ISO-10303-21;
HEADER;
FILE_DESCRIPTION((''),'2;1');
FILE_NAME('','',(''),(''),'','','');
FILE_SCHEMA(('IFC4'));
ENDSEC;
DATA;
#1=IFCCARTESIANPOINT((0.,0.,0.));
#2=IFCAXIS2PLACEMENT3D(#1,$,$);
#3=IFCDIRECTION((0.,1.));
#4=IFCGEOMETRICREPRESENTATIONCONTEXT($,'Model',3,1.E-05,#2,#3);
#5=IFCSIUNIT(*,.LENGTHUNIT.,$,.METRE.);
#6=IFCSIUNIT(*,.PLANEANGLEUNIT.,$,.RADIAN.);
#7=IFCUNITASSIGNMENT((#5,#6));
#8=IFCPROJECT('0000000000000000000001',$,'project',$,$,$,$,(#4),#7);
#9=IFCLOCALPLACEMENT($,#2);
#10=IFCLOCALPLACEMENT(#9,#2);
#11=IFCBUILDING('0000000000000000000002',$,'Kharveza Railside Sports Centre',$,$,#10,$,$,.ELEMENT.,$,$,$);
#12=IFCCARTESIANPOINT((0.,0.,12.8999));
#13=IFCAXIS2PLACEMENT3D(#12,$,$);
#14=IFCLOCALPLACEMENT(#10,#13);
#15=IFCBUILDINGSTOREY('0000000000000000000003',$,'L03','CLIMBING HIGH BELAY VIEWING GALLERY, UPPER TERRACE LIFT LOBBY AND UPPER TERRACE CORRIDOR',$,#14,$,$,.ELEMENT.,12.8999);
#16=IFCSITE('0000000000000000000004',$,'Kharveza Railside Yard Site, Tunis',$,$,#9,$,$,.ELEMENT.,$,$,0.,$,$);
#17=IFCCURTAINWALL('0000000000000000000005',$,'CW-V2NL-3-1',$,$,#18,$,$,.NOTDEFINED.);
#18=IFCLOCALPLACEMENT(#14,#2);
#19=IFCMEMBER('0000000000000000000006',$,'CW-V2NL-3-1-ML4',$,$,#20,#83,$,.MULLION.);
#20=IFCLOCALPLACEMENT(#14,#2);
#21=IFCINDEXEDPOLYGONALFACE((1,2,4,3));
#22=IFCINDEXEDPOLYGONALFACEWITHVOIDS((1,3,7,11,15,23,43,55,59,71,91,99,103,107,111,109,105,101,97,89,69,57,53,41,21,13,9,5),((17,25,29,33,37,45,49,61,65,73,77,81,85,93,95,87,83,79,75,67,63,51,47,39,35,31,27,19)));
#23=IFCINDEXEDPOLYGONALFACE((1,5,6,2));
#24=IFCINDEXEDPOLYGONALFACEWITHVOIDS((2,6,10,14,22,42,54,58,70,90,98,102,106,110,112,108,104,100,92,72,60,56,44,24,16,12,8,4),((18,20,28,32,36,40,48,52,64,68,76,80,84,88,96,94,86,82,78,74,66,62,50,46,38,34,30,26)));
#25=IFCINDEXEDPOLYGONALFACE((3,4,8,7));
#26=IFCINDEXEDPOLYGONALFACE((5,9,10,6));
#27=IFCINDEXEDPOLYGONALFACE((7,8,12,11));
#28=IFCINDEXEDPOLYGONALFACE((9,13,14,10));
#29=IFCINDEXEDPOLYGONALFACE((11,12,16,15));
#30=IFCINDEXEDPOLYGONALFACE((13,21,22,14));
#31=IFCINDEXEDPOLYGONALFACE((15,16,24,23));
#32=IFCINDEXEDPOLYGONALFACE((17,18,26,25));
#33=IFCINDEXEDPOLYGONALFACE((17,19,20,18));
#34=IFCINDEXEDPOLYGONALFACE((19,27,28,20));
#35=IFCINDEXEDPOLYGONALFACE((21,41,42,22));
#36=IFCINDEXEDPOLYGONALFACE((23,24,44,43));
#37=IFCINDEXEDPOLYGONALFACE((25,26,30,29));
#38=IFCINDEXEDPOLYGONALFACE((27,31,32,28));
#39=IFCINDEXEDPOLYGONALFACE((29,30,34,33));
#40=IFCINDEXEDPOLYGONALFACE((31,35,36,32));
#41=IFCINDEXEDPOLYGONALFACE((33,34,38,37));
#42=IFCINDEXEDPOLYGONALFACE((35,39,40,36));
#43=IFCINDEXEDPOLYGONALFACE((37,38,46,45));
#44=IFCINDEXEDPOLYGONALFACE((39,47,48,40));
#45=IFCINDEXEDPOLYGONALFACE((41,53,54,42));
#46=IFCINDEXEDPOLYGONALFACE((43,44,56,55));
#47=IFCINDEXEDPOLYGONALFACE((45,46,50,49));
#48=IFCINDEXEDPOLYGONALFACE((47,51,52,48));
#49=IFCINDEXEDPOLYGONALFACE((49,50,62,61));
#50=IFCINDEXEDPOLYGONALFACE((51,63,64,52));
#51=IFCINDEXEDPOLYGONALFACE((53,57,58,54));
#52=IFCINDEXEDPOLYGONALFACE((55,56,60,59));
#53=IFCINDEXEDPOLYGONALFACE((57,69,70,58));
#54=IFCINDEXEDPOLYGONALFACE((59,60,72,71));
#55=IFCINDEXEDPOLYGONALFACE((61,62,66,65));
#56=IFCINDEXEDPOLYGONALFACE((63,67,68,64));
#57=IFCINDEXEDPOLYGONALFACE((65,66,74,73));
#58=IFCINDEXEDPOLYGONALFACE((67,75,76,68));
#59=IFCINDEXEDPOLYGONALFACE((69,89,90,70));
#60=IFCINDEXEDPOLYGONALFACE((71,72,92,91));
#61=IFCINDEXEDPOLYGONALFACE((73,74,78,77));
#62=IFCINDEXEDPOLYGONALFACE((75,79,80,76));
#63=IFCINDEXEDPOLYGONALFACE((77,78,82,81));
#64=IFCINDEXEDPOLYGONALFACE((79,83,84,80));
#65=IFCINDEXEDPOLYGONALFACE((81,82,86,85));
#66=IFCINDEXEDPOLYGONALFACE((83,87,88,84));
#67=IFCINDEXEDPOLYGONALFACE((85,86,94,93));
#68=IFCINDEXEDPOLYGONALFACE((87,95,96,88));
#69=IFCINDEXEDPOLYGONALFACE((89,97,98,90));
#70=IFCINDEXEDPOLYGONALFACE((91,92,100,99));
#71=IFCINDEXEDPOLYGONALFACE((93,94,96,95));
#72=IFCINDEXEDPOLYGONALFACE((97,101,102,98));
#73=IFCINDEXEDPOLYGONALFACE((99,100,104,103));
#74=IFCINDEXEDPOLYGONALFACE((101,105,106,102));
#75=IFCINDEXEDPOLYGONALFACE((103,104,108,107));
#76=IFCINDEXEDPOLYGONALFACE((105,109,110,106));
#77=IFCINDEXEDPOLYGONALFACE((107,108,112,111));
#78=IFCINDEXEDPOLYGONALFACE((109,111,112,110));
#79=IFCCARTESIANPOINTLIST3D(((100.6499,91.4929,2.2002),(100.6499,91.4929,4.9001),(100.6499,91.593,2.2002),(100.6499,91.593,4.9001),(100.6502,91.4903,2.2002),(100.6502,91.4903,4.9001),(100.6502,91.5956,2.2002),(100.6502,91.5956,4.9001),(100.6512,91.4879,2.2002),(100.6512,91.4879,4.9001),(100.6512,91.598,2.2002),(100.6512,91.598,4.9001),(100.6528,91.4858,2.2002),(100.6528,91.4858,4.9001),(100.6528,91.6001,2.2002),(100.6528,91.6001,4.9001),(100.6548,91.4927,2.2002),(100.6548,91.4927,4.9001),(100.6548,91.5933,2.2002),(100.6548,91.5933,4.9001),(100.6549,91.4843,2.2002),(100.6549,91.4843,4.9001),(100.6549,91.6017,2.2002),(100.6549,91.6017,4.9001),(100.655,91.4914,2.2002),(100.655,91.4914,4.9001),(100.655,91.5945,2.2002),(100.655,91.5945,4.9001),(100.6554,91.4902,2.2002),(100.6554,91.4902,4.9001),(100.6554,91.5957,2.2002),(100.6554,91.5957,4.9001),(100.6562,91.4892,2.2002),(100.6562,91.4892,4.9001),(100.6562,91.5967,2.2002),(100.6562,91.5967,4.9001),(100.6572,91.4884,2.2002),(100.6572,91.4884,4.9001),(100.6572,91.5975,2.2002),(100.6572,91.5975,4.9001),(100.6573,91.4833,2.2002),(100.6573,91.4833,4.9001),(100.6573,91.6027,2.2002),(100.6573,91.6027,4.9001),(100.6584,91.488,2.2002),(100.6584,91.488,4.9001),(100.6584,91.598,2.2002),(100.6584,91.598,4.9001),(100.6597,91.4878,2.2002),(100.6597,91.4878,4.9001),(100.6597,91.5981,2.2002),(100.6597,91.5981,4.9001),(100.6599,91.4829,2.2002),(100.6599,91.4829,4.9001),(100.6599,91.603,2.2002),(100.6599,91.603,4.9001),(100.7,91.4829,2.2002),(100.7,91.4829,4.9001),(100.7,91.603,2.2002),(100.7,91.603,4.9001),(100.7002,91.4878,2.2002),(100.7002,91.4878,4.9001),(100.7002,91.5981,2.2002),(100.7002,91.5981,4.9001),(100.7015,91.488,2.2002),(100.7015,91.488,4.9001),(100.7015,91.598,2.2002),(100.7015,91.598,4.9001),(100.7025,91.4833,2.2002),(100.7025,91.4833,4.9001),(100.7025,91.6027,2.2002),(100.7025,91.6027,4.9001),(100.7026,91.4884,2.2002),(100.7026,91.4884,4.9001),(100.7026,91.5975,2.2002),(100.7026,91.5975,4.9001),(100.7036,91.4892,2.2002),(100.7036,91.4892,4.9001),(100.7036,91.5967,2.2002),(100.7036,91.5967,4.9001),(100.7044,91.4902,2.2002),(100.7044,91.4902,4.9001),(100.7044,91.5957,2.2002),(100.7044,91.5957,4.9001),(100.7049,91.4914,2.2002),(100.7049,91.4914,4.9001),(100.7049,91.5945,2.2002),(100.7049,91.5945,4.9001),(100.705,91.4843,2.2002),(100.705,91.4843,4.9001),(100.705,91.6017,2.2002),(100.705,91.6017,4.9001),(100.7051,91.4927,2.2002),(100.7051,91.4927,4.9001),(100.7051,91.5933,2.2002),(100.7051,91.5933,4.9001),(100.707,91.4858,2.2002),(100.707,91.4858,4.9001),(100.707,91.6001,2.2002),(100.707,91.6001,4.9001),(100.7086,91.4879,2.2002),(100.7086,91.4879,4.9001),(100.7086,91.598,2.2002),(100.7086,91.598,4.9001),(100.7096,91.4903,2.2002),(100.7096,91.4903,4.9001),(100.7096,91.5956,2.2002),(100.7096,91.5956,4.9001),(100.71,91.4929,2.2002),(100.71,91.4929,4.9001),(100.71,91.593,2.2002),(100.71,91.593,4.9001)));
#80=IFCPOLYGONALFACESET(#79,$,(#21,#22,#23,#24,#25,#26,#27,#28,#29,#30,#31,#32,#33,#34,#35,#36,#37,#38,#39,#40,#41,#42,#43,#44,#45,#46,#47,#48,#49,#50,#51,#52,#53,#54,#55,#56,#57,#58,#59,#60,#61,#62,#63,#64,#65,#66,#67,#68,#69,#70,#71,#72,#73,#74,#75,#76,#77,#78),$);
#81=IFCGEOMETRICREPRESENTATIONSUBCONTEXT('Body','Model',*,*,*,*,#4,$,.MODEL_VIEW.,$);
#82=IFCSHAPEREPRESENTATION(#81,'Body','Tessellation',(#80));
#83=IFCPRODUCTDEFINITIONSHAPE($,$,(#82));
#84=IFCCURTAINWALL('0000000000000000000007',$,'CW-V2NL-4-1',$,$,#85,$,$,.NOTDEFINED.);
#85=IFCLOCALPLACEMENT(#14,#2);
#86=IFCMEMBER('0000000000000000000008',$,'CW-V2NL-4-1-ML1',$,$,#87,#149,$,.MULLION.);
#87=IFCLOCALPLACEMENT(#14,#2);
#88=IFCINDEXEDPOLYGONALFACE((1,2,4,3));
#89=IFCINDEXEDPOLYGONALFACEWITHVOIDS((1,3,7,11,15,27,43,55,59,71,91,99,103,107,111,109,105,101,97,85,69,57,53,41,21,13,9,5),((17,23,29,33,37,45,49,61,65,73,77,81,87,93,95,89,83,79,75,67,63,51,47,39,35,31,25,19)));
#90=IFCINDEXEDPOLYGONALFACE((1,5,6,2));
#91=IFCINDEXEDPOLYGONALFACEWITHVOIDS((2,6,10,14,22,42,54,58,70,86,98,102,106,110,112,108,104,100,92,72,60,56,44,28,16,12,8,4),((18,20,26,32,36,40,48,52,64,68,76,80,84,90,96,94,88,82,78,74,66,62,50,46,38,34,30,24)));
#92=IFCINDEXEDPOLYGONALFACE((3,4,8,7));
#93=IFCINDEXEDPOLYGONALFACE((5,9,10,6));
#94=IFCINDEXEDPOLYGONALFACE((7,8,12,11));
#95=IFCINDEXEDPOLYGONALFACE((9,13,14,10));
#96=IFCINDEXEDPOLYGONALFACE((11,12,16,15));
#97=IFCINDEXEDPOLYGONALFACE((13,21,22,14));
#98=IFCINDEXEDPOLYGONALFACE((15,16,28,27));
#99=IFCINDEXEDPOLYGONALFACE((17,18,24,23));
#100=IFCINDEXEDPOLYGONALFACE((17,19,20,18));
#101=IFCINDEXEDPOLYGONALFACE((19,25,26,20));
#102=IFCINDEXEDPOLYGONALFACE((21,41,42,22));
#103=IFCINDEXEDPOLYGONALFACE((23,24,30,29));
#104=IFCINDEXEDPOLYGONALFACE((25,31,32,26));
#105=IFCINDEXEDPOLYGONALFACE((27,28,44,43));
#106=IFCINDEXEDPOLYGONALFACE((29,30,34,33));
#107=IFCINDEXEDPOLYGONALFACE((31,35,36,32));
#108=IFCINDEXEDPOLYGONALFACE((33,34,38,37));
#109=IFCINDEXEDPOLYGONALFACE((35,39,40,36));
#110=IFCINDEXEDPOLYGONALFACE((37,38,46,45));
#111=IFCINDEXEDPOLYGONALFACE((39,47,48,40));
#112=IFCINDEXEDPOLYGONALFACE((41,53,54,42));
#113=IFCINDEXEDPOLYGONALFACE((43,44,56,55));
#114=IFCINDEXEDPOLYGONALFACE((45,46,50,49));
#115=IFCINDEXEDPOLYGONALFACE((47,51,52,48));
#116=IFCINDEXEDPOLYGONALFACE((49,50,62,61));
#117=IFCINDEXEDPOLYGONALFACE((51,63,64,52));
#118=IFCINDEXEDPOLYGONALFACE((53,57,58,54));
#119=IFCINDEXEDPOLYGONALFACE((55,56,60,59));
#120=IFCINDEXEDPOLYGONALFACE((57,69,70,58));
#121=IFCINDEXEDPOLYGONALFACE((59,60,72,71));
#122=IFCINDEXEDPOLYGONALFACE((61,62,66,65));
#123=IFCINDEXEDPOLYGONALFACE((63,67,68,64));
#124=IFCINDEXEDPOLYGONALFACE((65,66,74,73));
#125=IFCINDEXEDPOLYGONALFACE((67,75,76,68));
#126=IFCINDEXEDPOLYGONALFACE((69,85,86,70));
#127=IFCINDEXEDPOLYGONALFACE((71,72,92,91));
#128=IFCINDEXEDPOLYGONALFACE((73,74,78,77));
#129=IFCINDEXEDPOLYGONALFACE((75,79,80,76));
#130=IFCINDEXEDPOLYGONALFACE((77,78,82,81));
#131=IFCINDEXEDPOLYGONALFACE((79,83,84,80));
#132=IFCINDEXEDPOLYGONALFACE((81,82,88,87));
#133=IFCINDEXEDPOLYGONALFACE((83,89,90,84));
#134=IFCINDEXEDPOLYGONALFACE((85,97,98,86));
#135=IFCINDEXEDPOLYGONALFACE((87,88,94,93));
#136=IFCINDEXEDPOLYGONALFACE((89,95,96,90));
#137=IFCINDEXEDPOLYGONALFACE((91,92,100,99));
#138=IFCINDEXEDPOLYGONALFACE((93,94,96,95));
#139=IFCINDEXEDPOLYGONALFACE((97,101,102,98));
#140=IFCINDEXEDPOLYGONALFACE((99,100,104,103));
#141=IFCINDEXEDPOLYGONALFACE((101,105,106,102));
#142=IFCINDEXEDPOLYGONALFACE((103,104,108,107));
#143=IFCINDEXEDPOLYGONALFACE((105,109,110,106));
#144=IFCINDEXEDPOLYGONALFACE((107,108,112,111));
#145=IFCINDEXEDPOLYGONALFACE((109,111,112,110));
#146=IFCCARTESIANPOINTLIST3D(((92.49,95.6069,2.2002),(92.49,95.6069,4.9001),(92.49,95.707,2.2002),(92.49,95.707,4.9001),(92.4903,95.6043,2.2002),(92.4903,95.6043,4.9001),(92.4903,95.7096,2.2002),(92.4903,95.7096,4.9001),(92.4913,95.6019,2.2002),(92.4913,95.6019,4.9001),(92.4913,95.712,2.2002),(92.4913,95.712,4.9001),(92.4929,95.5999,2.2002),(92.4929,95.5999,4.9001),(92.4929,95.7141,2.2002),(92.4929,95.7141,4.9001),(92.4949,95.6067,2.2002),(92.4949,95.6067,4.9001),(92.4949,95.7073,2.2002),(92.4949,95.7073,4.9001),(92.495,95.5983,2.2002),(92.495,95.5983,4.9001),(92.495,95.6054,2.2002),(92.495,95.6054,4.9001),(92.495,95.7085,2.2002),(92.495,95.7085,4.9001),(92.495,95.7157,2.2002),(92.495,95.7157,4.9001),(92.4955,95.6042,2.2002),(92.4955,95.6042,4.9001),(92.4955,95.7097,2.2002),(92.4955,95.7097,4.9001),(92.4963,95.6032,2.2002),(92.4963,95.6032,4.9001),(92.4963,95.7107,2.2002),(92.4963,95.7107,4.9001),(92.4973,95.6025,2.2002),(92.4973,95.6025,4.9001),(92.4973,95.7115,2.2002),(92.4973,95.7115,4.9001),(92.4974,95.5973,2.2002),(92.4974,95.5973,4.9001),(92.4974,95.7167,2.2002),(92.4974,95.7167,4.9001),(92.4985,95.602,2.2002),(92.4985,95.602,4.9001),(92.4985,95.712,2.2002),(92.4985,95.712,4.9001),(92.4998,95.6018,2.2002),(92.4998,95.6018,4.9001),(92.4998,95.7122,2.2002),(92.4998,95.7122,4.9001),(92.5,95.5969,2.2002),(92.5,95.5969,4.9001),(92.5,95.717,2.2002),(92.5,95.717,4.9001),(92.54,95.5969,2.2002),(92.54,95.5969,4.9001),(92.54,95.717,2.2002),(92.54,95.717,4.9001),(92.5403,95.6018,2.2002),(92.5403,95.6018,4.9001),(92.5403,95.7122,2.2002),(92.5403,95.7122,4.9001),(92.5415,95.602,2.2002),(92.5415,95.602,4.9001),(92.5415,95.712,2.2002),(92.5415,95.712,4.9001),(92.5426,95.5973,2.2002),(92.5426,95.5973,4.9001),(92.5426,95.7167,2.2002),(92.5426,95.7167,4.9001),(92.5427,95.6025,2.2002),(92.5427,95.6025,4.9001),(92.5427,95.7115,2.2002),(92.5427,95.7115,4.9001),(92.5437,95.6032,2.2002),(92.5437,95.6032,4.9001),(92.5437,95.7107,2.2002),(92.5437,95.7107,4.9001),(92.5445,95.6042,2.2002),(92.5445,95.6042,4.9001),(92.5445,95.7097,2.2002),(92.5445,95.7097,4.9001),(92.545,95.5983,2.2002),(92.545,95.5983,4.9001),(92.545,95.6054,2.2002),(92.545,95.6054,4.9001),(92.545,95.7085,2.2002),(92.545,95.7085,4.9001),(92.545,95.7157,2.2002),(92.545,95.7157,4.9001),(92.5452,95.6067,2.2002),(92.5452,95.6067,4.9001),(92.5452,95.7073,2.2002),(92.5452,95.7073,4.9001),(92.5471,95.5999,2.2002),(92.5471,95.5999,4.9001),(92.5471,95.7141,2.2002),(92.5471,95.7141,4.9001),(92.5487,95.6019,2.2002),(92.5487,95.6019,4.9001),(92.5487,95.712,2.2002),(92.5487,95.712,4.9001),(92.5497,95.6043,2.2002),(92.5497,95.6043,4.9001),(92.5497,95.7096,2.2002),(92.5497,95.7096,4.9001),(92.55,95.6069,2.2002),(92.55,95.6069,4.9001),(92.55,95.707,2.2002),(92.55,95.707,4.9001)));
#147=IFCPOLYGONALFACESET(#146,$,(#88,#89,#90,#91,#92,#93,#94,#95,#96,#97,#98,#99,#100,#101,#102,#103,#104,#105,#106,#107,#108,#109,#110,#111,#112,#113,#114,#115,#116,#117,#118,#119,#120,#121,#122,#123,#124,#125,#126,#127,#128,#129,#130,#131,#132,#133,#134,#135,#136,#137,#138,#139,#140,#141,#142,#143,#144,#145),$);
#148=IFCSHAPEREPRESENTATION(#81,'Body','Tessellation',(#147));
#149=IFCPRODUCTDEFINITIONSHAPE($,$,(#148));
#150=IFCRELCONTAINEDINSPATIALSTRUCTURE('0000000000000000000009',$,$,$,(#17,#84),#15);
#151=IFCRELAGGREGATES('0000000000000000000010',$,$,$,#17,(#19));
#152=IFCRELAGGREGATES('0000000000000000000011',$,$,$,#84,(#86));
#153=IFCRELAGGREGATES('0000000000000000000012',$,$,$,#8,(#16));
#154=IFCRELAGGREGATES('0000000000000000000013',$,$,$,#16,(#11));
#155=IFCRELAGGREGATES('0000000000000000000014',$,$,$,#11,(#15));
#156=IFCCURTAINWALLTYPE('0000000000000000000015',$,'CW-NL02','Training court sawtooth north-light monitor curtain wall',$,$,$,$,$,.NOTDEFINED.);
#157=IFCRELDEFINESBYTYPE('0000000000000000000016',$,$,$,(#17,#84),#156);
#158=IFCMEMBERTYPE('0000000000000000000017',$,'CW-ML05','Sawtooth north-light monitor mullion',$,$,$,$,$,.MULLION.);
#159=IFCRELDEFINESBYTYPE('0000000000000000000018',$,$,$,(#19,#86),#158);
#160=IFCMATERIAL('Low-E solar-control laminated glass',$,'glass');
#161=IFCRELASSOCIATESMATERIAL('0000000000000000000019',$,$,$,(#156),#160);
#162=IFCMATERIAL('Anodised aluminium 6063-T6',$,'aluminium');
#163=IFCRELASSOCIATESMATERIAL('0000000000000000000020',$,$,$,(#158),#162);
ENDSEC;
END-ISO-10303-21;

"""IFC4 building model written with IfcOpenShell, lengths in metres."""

from ifc_helpers import new_model, si_unit, direction, frame, origin, origin_2d, place, context, subcontext, project, spatial, hollow_rectangle, extrude, material, material_profile, profile_set, type_object, element, aggregate, save


model = new_model("IFC4")

# Units and contexts
model_context = context("Model", 3, precision=1e-05, world=origin(), true_north=direction((0.0, 1.0)))
body_context = subcontext(model_context, "Body", "Model", "MODEL_VIEW")
ifc_project = project(units=[si_unit("LENGTHUNIT", "METRE"), si_unit("PLANEANGLEUNIT", "RADIAN")], contexts=[model_context])

# Site, building, storey
site_placement = place(None, origin())
site = spatial("IfcSite", under=ifc_project, at=site_placement, Name="Kharveza Railside Yard Site, Tunis", CompositionType="ELEMENT", RefElevation=0.0)
building_placement = place(site_placement, origin())
building = spatial("IfcBuilding", under=site, at=building_placement, Name="Kharveza Railside Sports Centre", CompositionType="ELEMENT")
storey_placement = place(building_placement, frame((0.0, 0.0, 12.8999)))
storey = spatial("IfcBuildingStorey", under=building, at=storey_placement, Name="L03", Description="CLIMBING HIGH BELAY VIEWING GALLERY, UPPER TERRACE LIFT LOBBY AND UPPER TERRACE CORRIDOR", CompositionType="ELEMENT", Elevation=12.8999)

# Curtain walls, members
ifc_material_1 = material(Name="Low-E solar-control laminated glass", Category="glass")
curtain_wall_type = type_object("IfcCurtainWallType", Name="CW-NL02", Description="Training court sawtooth north-light monitor curtain wall", PredefinedType="NOTDEFINED", material=ifc_material_1)
curtain_wall_1_placement = place(storey_placement, origin())
curtain_wall_1 = element("IfcCurtainWall", 1, at=curtain_wall_1_placement, inside=storey, type_object=curtain_wall_type, Name="CW-V2NL-3-1", PredefinedType="NOTDEFINED")
ifc_material_2 = material(Name="Anodised aluminium 6063-T6", Category="aluminium")
ifc_material_profile_1 = material_profile(ifc_material_2, hollow_rectangle(XDim=0.0601, YDim=0.1201, WallThickness=0.0049, InnerFilletRadius=0.0049, OuterFilletRadius=0.01, at=origin_2d()), Name="RHS 60x120x5.0")
ifc_profile_set_1 = profile_set([ifc_material_profile_1], Name="Anodised aluminium 6063-T6")
member_type_1 = type_object("IfcMemberType", Name="CW-ML05", Description="Sawtooth north-light monitor mullion", PredefinedType="MULLION", material=ifc_profile_set_1)
member_1_placement = place(storey_placement, frame((100.6799, 91.543, 2.2002), z_axis=(0.0, 0.0, 1.0), x_axis=(1.0, 0.0, 0.0)))
member_1 = element("IfcMember", 2, at=member_1_placement, type_object=member_type_1, Name="CW-V2NL-3-1-ML4", PredefinedType="MULLION", context=body_context, shape_type="SweptSolid", body=[
    extrude(hollow_rectangle(XDim=0.0601, YDim=0.1201, WallThickness=0.0049, InnerFilletRadius=0.0049, OuterFilletRadius=0.01, at=origin_2d()), origin(), (0.0, 0.0, 1.0), 2.7),
])
curtain_wall_2_placement = place(storey_placement, origin())
curtain_wall_2 = element("IfcCurtainWall", 3, at=curtain_wall_2_placement, inside=storey, type_object=curtain_wall_type, Name="CW-V2NL-4-1", PredefinedType="NOTDEFINED")
member_2_placement = place(storey_placement, frame((92.52, 95.657, 2.2002), z_axis=(0.0, 0.0, 1.0), x_axis=(1.0, 0.0, 0.0)))
member_2 = element("IfcMember", 4, at=member_2_placement, type_object=member_type_1, Name="CW-V2NL-4-1-ML1", PredefinedType="MULLION", context=body_context, shape_type="SweptSolid", body=[
    extrude(hollow_rectangle(XDim=0.0601, YDim=0.1201, WallThickness=0.0049, InnerFilletRadius=0.0049, OuterFilletRadius=0.01, at=origin_2d()), origin(), (0.0, 0.0, 1.0), 2.7),
])

aggregate(curtain_wall_1, [member_1])
aggregate(curtain_wall_2, [member_2])

save(model, "model.ifc")
